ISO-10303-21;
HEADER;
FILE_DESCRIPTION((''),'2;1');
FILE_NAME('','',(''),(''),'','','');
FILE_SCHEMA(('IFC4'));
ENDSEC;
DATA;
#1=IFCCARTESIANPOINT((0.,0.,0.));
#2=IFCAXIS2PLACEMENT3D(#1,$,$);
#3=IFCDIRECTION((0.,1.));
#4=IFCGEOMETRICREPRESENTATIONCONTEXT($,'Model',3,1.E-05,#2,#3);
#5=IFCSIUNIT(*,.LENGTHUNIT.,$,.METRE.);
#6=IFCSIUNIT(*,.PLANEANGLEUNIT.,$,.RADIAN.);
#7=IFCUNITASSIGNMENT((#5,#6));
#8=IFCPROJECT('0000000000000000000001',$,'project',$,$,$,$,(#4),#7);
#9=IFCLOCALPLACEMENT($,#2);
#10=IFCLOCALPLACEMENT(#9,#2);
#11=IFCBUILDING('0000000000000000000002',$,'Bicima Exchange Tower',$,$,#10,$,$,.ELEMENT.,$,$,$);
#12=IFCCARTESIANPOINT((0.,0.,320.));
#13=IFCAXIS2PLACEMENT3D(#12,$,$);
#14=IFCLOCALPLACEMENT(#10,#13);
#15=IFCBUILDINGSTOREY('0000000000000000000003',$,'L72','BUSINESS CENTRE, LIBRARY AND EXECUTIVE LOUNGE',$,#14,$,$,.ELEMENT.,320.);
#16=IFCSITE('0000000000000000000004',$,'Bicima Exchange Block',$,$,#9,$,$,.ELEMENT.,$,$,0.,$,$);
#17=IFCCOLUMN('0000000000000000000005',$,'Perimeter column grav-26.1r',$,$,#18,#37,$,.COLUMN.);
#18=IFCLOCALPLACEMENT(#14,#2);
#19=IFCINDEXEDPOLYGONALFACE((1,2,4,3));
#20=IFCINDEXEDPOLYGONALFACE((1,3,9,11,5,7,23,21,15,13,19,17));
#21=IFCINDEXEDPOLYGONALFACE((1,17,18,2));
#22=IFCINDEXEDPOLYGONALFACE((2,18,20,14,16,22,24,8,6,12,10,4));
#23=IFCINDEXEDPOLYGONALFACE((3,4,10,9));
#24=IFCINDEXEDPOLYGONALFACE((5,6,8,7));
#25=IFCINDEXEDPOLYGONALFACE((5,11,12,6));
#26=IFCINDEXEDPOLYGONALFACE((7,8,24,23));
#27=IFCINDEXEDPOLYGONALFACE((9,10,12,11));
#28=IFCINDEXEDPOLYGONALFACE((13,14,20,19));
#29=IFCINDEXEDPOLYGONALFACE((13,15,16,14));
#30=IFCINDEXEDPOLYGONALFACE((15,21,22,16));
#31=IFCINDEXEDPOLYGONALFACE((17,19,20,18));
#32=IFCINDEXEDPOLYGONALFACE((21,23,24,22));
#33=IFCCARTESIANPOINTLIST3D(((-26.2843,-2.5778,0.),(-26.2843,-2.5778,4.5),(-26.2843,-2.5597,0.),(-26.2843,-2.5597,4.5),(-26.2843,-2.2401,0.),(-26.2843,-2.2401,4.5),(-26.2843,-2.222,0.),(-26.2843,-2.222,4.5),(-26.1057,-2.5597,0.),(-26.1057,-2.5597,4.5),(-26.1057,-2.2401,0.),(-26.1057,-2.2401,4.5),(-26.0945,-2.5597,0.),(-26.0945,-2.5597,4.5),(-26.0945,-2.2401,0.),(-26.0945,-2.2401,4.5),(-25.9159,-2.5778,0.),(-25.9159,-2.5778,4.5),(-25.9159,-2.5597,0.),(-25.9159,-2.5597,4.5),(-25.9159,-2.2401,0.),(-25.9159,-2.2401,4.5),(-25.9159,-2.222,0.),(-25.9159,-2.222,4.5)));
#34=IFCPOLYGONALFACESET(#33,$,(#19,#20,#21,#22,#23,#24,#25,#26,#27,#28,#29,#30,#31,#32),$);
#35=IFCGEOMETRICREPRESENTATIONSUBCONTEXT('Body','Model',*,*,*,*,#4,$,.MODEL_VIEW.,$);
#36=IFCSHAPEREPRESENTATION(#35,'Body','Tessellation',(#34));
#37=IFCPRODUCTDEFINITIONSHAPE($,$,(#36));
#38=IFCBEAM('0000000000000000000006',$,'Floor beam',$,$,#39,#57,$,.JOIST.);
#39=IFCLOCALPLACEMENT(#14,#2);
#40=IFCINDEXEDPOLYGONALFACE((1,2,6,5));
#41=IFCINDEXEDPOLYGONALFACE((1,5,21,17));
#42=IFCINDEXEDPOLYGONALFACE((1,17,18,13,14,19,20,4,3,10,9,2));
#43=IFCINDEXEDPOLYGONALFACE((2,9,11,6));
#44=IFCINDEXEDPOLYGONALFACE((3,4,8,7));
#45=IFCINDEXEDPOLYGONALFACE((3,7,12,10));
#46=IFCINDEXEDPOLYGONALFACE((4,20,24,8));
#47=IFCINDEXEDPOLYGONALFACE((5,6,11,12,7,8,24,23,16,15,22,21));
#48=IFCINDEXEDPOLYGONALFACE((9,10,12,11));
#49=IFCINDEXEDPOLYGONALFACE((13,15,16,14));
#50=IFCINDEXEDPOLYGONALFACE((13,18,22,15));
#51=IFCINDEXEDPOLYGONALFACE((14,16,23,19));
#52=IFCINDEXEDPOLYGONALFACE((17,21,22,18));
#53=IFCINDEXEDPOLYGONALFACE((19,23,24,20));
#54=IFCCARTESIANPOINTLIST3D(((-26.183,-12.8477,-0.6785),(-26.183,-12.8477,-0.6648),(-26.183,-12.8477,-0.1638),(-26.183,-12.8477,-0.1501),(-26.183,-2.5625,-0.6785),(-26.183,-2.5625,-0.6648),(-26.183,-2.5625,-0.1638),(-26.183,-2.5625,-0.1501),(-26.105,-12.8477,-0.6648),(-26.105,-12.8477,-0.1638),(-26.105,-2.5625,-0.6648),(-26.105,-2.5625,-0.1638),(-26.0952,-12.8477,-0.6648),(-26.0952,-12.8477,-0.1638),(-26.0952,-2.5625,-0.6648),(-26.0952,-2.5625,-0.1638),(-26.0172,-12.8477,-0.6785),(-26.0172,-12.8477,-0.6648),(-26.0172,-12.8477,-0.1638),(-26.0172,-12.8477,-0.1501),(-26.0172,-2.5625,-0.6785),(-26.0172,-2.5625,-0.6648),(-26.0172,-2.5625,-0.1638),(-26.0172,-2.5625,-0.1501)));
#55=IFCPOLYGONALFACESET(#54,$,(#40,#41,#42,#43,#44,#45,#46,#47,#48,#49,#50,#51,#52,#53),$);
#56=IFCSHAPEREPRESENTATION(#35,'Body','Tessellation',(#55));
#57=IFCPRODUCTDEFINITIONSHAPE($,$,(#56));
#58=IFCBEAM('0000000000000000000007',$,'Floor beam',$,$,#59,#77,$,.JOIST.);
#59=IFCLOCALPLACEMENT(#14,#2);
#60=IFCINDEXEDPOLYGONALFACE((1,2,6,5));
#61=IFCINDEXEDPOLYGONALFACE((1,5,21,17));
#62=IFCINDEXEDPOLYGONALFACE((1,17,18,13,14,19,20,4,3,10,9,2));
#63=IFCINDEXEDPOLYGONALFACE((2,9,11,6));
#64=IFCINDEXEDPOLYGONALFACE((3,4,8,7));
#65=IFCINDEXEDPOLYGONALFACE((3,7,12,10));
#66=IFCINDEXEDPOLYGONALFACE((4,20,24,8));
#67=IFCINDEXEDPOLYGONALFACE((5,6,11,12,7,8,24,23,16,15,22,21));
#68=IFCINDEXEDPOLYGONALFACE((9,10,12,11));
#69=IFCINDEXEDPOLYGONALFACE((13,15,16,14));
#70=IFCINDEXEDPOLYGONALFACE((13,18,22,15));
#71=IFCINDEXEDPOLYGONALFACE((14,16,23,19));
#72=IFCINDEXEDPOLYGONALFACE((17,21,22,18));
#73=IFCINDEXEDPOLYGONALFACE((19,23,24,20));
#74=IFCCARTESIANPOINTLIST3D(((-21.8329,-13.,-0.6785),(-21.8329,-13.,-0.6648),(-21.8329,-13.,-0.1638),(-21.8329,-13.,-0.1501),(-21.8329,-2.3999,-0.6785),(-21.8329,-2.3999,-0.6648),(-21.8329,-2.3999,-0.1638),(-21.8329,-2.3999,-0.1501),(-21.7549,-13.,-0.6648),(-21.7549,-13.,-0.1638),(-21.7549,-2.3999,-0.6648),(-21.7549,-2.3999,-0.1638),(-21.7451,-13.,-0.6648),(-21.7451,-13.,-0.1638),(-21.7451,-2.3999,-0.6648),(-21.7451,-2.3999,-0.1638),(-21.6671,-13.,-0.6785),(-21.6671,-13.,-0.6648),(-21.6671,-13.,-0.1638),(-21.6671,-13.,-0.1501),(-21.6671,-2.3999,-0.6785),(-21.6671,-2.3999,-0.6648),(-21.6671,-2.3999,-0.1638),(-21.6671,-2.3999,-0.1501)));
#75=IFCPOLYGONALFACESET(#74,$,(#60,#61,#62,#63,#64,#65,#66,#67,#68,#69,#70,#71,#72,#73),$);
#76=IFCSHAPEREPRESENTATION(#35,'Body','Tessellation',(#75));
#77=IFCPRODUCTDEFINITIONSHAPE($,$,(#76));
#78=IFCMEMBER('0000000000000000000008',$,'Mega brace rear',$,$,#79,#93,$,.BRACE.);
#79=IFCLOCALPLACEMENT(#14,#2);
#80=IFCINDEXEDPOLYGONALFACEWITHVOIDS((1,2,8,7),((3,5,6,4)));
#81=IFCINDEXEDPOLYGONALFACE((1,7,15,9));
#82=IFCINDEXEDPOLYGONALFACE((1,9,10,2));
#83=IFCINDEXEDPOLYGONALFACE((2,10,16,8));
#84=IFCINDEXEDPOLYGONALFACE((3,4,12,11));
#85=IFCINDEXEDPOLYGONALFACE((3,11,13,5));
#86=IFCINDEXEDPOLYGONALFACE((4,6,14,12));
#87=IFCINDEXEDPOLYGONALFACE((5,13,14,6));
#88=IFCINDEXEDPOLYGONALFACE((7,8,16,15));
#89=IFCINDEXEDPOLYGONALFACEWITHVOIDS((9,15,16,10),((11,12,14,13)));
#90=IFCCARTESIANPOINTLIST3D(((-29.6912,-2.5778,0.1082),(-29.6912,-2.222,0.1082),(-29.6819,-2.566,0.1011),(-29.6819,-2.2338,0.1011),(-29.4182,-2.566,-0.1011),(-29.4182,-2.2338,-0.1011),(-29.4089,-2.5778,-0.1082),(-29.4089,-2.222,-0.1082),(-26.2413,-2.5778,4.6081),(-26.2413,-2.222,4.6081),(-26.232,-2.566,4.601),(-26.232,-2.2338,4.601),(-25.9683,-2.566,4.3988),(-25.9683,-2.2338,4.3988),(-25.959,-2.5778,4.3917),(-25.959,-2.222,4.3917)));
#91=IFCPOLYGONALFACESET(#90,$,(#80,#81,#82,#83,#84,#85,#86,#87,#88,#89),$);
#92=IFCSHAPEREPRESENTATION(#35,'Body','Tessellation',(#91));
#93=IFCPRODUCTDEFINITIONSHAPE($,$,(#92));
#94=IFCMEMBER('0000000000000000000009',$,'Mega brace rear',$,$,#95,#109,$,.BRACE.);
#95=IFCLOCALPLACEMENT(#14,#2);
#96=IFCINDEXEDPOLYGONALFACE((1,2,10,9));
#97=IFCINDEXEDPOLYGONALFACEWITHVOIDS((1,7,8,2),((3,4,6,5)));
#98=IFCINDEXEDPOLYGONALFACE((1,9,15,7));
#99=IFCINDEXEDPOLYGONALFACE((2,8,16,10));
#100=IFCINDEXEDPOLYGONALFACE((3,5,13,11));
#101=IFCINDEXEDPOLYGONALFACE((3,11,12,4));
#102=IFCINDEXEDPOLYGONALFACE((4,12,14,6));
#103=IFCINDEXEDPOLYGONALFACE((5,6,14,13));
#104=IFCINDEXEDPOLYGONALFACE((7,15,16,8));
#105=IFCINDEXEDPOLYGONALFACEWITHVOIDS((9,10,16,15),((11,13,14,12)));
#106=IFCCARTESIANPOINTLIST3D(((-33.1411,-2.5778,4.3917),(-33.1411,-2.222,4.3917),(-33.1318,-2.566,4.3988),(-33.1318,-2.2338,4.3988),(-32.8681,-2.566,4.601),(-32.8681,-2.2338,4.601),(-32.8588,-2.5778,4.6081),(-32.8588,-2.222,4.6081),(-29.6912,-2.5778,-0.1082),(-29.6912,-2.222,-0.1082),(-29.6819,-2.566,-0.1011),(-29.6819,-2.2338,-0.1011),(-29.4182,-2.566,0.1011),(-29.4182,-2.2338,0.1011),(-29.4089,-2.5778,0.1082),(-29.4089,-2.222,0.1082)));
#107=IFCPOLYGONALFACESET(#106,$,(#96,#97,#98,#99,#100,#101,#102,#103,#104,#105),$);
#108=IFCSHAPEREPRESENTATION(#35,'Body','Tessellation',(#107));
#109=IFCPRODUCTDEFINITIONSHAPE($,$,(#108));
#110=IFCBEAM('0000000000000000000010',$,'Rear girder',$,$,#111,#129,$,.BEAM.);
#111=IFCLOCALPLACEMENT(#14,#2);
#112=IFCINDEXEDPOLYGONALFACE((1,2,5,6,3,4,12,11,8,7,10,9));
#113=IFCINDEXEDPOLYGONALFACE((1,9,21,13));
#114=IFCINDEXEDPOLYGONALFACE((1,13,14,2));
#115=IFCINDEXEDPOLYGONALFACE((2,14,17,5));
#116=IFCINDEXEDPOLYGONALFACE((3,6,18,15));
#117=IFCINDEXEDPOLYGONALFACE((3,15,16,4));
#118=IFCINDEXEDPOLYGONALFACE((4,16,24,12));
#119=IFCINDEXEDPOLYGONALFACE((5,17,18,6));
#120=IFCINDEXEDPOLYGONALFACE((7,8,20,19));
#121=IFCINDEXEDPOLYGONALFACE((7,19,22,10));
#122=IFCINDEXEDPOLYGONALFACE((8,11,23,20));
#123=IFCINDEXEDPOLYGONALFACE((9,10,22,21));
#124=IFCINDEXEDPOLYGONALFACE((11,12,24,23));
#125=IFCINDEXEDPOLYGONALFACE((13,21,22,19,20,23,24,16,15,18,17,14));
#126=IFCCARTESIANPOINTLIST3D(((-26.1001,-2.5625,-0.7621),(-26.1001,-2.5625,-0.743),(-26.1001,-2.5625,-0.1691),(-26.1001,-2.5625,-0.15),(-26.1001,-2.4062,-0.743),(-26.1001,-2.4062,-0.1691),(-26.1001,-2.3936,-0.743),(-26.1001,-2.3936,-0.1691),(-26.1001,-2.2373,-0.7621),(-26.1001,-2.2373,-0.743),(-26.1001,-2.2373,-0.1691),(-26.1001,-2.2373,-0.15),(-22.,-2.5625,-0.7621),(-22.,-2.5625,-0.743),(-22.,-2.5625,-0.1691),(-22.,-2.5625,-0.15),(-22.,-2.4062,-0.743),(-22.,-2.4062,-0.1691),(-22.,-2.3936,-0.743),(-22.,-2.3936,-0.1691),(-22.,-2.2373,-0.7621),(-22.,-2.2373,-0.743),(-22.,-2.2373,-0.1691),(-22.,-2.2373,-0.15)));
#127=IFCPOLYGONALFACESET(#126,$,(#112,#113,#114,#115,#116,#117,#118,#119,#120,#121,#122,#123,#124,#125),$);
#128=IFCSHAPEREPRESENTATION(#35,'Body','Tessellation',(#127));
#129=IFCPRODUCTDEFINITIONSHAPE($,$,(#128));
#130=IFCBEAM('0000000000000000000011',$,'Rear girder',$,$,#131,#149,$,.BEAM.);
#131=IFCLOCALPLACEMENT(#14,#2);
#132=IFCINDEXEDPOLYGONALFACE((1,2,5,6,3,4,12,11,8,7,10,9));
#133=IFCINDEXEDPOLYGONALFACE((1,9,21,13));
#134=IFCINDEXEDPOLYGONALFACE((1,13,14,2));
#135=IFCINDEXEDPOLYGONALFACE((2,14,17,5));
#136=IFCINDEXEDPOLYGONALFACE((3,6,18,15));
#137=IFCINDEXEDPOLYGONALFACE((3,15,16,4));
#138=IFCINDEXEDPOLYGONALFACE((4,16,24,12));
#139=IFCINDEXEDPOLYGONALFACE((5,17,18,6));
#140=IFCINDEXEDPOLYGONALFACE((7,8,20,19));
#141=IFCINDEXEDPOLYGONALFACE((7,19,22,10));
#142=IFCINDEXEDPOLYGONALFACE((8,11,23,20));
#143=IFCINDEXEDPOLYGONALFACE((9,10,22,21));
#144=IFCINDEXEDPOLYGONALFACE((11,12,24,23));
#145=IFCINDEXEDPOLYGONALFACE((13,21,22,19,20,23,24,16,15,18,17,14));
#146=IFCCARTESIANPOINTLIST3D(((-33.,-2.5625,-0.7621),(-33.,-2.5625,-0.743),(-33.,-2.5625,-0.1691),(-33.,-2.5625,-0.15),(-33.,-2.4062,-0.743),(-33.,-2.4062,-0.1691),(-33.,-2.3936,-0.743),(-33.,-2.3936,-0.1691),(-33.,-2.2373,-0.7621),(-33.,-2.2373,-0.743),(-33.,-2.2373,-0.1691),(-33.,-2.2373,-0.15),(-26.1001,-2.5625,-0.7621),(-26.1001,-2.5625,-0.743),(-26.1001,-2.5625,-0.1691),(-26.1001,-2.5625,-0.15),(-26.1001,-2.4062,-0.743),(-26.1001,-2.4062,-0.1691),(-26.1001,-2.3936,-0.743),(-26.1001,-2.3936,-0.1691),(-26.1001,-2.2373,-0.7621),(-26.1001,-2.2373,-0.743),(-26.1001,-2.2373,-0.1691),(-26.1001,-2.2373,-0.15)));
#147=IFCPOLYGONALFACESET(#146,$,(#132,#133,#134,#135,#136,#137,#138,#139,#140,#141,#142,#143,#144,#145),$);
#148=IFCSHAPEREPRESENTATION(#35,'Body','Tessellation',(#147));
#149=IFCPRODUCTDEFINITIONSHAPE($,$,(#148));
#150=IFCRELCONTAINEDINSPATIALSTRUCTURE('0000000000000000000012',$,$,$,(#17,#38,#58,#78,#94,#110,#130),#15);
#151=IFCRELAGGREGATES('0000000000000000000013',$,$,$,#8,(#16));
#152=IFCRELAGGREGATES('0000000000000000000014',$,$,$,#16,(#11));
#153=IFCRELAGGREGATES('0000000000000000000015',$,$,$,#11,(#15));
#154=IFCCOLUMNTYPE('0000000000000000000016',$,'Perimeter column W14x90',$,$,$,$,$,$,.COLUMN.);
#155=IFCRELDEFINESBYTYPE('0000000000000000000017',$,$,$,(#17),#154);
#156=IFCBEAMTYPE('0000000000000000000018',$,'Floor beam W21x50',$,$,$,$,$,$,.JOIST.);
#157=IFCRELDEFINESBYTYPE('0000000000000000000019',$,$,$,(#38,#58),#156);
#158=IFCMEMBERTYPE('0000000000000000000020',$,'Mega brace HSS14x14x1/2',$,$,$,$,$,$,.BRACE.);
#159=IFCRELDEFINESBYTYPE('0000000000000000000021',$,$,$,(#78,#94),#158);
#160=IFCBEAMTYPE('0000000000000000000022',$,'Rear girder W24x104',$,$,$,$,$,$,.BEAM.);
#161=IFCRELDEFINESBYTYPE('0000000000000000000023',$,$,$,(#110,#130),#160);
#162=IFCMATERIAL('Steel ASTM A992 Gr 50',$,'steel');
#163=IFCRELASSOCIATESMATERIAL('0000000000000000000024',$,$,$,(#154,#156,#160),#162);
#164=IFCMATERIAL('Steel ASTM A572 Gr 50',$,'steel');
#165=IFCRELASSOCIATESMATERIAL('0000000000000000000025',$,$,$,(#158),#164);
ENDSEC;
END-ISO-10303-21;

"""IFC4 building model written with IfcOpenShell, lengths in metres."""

from ifc_helpers import new_model, si_unit, direction, frame, origin, origin_2d, place, context, subcontext, project, spatial, hollow_rectangle, i_section, extrude, material, material_profile, profile_set, type_object, element, save


model = new_model("IFC4")

# Units and contexts
model_context = context("Model", 3, precision=1e-05, world=origin(), true_north=direction((0.0, 1.0)))
body_context = subcontext(model_context, "Body", "Model", "MODEL_VIEW")
ifc_project = project(units=[si_unit("LENGTHUNIT", "METRE"), si_unit("PLANEANGLEUNIT", "RADIAN")], contexts=[model_context])

# Site, building, storey
site_placement = place(None, origin())
site = spatial("IfcSite", under=ifc_project, at=site_placement, Name="Bicima Exchange Block", CompositionType="ELEMENT", RefElevation=0.0)
building_placement = place(site_placement, origin())
building = spatial("IfcBuilding", under=site, at=building_placement, Name="Bicima Exchange Tower", CompositionType="ELEMENT")
storey_placement = place(building_placement, frame((0.0, 0.0, 320.0)))
storey = spatial("IfcBuildingStorey", under=building, at=storey_placement, Name="L72", Description="BUSINESS CENTRE, LIBRARY AND EXECUTIVE LOUNGE", CompositionType="ELEMENT", Elevation=320.0)

# Column
ifc_material_1 = material(Name="Steel ASTM A992 Gr 50", Category="steel")
ifc_material_profile_1 = material_profile(ifc_material_1, i_section(OverallWidth=0.3684, OverallDepth=0.3557, WebThickness=0.0112, FlangeThickness=0.0181, at=origin_2d()))
ifc_profile_set_1 = profile_set([ifc_material_profile_1], Name="Steel ASTM A992 Gr 50")
column_type = type_object("IfcColumnType", Name="Perimeter column W14x90", PredefinedType="COLUMN", material=ifc_profile_set_1)
column_placement = place(storey_placement, frame((-26.1001, -2.3999, 0.0), z_axis=(0.0, 0.0, 1.0), x_axis=(1.0, 0.0, 0.0)))
element("IfcColumn", 1, at=column_placement, inside=storey, type_object=column_type, Name="Perimeter column grav-26.1r", PredefinedType="COLUMN", context=body_context, shape_type="SweptSolid", body=[
    extrude(i_section(OverallWidth=0.3684, OverallDepth=0.3557, WebThickness=0.0112, FlangeThickness=0.0181, at=origin_2d()), origin(), (0.0, 0.0, 1.0), 4.5),
])

# Beams
ifc_material_profile_2 = material_profile(ifc_material_1, i_section(OverallWidth=0.1658, OverallDepth=0.5283, WebThickness=0.0098, FlangeThickness=0.0137, at=origin_2d()))
ifc_profile_set_2 = profile_set([ifc_material_profile_2], Name="Steel ASTM A992 Gr 50")
beam_type_1 = type_object("IfcBeamType", Name="Floor beam W21x50", PredefinedType="JOIST", material=ifc_profile_set_2)
beam_1_placement = place(storey_placement, frame((-26.1001, -2.5625, -0.4143), z_axis=(0.0, -1.0, 0.0), x_axis=(1.0, 0.0, 0.0)))
element("IfcBeam", 2, at=beam_1_placement, inside=storey, type_object=beam_type_1, Name="Floor beam", PredefinedType="JOIST", context=body_context, shape_type="SweptSolid", body=[
    extrude(i_section(OverallWidth=0.1658, OverallDepth=0.5283, WebThickness=0.0098, FlangeThickness=0.0137, at=origin_2d()), origin(), (0.0, 0.0, 1.0), 10.2852),
])
beam_2_placement = place(storey_placement, frame((-21.75, -2.3999, -0.4143), z_axis=(0.0, -1.0, 0.0), x_axis=(1.0, 0.0, 0.0)))
element("IfcBeam", 3, at=beam_2_placement, inside=storey, type_object=beam_type_1, Name="Floor beam", PredefinedType="JOIST", context=body_context, shape_type="SweptSolid", body=[
    extrude(i_section(OverallWidth=0.1658, OverallDepth=0.5283, WebThickness=0.0098, FlangeThickness=0.0137, at=origin_2d()), origin(), (0.0, 0.0, 1.0), 10.6001),
])

# Members
ifc_material_2 = material(Name="Steel ASTM A572 Gr 50", Category="steel")
ifc_material_profile_3 = material_profile(ifc_material_2, hollow_rectangle(XDim=0.3557, YDim=0.3557, WallThickness=0.0117, at=origin_2d()))
ifc_profile_set_3 = profile_set([ifc_material_profile_3], Name="Steel ASTM A572 Gr 50")
member_type = type_object("IfcMemberType", Name="Mega brace HSS14x14x1/2", PredefinedType="BRACE", material=ifc_profile_set_3)
for number, where, z_axis, x_axis, name in (
    (4, (-29.55, -2.3999, 0.0), (0.608426, 0.0, 0.793611), (0.0, 1.0, 0.0), "Mega brace rear"),
    (5, (-29.55, -2.3999, 0.0), (-0.608426, 0.0, 0.793611), (0.0, -1.0, 0.0), "Mega brace rear"),
):
    element("IfcMember", number, at=place(storey_placement, frame(where, z_axis=z_axis, x_axis=x_axis)), inside=storey, type_object=member_type, Name=name, PredefinedType="BRACE", context=body_context, shape_type="SweptSolid", body=[
        extrude(hollow_rectangle(XDim=0.3557, YDim=0.3557, WallThickness=0.0117, at=origin_2d()), origin(), (0.0, 0.0, 1.0), 5.6702),
    ])

# Beams
ifc_material_profile_4 = material_profile(ifc_material_1, i_section(OverallWidth=0.3252, OverallDepth=0.6121, WebThickness=0.0127, FlangeThickness=0.019, at=origin_2d()))
ifc_profile_set_4 = profile_set([ifc_material_profile_4], Name="Steel ASTM A992 Gr 50")
beam_type_2 = type_object("IfcBeamType", Name="Rear girder W24x104", PredefinedType="BEAM", material=ifc_profile_set_4)
beam_3_placement = place(storey_placement, frame((-22.0, -2.3999, -0.4561), z_axis=(-1.0, 0.0, 0.0), x_axis=(0.0, -1.0, 0.0)))
element("IfcBeam", 6, at=beam_3_placement, inside=storey, type_object=beam_type_2, Name="Rear girder", PredefinedType="BEAM", context=body_context, shape_type="SweptSolid", body=[
    extrude(i_section(OverallWidth=0.3252, OverallDepth=0.6121, WebThickness=0.0127, FlangeThickness=0.019, at=origin_2d()), origin(), (0.0, 0.0, 1.0), 4.1001),
])
beam_4_placement = place(storey_placement, frame((-26.1001, -2.3999, -0.4561), z_axis=(-1.0, 0.0, 0.0), x_axis=(0.0, -1.0, 0.0)))
element("IfcBeam", 7, at=beam_4_placement, inside=storey, type_object=beam_type_2, Name="Rear girder", PredefinedType="BEAM", context=body_context, shape_type="SweptSolid", body=[
    extrude(i_section(OverallWidth=0.3252, OverallDepth=0.6121, WebThickness=0.0127, FlangeThickness=0.019, at=origin_2d()), origin(), (0.0, 0.0, 1.0), 6.8999),
])

save(model, "model.ifc")
